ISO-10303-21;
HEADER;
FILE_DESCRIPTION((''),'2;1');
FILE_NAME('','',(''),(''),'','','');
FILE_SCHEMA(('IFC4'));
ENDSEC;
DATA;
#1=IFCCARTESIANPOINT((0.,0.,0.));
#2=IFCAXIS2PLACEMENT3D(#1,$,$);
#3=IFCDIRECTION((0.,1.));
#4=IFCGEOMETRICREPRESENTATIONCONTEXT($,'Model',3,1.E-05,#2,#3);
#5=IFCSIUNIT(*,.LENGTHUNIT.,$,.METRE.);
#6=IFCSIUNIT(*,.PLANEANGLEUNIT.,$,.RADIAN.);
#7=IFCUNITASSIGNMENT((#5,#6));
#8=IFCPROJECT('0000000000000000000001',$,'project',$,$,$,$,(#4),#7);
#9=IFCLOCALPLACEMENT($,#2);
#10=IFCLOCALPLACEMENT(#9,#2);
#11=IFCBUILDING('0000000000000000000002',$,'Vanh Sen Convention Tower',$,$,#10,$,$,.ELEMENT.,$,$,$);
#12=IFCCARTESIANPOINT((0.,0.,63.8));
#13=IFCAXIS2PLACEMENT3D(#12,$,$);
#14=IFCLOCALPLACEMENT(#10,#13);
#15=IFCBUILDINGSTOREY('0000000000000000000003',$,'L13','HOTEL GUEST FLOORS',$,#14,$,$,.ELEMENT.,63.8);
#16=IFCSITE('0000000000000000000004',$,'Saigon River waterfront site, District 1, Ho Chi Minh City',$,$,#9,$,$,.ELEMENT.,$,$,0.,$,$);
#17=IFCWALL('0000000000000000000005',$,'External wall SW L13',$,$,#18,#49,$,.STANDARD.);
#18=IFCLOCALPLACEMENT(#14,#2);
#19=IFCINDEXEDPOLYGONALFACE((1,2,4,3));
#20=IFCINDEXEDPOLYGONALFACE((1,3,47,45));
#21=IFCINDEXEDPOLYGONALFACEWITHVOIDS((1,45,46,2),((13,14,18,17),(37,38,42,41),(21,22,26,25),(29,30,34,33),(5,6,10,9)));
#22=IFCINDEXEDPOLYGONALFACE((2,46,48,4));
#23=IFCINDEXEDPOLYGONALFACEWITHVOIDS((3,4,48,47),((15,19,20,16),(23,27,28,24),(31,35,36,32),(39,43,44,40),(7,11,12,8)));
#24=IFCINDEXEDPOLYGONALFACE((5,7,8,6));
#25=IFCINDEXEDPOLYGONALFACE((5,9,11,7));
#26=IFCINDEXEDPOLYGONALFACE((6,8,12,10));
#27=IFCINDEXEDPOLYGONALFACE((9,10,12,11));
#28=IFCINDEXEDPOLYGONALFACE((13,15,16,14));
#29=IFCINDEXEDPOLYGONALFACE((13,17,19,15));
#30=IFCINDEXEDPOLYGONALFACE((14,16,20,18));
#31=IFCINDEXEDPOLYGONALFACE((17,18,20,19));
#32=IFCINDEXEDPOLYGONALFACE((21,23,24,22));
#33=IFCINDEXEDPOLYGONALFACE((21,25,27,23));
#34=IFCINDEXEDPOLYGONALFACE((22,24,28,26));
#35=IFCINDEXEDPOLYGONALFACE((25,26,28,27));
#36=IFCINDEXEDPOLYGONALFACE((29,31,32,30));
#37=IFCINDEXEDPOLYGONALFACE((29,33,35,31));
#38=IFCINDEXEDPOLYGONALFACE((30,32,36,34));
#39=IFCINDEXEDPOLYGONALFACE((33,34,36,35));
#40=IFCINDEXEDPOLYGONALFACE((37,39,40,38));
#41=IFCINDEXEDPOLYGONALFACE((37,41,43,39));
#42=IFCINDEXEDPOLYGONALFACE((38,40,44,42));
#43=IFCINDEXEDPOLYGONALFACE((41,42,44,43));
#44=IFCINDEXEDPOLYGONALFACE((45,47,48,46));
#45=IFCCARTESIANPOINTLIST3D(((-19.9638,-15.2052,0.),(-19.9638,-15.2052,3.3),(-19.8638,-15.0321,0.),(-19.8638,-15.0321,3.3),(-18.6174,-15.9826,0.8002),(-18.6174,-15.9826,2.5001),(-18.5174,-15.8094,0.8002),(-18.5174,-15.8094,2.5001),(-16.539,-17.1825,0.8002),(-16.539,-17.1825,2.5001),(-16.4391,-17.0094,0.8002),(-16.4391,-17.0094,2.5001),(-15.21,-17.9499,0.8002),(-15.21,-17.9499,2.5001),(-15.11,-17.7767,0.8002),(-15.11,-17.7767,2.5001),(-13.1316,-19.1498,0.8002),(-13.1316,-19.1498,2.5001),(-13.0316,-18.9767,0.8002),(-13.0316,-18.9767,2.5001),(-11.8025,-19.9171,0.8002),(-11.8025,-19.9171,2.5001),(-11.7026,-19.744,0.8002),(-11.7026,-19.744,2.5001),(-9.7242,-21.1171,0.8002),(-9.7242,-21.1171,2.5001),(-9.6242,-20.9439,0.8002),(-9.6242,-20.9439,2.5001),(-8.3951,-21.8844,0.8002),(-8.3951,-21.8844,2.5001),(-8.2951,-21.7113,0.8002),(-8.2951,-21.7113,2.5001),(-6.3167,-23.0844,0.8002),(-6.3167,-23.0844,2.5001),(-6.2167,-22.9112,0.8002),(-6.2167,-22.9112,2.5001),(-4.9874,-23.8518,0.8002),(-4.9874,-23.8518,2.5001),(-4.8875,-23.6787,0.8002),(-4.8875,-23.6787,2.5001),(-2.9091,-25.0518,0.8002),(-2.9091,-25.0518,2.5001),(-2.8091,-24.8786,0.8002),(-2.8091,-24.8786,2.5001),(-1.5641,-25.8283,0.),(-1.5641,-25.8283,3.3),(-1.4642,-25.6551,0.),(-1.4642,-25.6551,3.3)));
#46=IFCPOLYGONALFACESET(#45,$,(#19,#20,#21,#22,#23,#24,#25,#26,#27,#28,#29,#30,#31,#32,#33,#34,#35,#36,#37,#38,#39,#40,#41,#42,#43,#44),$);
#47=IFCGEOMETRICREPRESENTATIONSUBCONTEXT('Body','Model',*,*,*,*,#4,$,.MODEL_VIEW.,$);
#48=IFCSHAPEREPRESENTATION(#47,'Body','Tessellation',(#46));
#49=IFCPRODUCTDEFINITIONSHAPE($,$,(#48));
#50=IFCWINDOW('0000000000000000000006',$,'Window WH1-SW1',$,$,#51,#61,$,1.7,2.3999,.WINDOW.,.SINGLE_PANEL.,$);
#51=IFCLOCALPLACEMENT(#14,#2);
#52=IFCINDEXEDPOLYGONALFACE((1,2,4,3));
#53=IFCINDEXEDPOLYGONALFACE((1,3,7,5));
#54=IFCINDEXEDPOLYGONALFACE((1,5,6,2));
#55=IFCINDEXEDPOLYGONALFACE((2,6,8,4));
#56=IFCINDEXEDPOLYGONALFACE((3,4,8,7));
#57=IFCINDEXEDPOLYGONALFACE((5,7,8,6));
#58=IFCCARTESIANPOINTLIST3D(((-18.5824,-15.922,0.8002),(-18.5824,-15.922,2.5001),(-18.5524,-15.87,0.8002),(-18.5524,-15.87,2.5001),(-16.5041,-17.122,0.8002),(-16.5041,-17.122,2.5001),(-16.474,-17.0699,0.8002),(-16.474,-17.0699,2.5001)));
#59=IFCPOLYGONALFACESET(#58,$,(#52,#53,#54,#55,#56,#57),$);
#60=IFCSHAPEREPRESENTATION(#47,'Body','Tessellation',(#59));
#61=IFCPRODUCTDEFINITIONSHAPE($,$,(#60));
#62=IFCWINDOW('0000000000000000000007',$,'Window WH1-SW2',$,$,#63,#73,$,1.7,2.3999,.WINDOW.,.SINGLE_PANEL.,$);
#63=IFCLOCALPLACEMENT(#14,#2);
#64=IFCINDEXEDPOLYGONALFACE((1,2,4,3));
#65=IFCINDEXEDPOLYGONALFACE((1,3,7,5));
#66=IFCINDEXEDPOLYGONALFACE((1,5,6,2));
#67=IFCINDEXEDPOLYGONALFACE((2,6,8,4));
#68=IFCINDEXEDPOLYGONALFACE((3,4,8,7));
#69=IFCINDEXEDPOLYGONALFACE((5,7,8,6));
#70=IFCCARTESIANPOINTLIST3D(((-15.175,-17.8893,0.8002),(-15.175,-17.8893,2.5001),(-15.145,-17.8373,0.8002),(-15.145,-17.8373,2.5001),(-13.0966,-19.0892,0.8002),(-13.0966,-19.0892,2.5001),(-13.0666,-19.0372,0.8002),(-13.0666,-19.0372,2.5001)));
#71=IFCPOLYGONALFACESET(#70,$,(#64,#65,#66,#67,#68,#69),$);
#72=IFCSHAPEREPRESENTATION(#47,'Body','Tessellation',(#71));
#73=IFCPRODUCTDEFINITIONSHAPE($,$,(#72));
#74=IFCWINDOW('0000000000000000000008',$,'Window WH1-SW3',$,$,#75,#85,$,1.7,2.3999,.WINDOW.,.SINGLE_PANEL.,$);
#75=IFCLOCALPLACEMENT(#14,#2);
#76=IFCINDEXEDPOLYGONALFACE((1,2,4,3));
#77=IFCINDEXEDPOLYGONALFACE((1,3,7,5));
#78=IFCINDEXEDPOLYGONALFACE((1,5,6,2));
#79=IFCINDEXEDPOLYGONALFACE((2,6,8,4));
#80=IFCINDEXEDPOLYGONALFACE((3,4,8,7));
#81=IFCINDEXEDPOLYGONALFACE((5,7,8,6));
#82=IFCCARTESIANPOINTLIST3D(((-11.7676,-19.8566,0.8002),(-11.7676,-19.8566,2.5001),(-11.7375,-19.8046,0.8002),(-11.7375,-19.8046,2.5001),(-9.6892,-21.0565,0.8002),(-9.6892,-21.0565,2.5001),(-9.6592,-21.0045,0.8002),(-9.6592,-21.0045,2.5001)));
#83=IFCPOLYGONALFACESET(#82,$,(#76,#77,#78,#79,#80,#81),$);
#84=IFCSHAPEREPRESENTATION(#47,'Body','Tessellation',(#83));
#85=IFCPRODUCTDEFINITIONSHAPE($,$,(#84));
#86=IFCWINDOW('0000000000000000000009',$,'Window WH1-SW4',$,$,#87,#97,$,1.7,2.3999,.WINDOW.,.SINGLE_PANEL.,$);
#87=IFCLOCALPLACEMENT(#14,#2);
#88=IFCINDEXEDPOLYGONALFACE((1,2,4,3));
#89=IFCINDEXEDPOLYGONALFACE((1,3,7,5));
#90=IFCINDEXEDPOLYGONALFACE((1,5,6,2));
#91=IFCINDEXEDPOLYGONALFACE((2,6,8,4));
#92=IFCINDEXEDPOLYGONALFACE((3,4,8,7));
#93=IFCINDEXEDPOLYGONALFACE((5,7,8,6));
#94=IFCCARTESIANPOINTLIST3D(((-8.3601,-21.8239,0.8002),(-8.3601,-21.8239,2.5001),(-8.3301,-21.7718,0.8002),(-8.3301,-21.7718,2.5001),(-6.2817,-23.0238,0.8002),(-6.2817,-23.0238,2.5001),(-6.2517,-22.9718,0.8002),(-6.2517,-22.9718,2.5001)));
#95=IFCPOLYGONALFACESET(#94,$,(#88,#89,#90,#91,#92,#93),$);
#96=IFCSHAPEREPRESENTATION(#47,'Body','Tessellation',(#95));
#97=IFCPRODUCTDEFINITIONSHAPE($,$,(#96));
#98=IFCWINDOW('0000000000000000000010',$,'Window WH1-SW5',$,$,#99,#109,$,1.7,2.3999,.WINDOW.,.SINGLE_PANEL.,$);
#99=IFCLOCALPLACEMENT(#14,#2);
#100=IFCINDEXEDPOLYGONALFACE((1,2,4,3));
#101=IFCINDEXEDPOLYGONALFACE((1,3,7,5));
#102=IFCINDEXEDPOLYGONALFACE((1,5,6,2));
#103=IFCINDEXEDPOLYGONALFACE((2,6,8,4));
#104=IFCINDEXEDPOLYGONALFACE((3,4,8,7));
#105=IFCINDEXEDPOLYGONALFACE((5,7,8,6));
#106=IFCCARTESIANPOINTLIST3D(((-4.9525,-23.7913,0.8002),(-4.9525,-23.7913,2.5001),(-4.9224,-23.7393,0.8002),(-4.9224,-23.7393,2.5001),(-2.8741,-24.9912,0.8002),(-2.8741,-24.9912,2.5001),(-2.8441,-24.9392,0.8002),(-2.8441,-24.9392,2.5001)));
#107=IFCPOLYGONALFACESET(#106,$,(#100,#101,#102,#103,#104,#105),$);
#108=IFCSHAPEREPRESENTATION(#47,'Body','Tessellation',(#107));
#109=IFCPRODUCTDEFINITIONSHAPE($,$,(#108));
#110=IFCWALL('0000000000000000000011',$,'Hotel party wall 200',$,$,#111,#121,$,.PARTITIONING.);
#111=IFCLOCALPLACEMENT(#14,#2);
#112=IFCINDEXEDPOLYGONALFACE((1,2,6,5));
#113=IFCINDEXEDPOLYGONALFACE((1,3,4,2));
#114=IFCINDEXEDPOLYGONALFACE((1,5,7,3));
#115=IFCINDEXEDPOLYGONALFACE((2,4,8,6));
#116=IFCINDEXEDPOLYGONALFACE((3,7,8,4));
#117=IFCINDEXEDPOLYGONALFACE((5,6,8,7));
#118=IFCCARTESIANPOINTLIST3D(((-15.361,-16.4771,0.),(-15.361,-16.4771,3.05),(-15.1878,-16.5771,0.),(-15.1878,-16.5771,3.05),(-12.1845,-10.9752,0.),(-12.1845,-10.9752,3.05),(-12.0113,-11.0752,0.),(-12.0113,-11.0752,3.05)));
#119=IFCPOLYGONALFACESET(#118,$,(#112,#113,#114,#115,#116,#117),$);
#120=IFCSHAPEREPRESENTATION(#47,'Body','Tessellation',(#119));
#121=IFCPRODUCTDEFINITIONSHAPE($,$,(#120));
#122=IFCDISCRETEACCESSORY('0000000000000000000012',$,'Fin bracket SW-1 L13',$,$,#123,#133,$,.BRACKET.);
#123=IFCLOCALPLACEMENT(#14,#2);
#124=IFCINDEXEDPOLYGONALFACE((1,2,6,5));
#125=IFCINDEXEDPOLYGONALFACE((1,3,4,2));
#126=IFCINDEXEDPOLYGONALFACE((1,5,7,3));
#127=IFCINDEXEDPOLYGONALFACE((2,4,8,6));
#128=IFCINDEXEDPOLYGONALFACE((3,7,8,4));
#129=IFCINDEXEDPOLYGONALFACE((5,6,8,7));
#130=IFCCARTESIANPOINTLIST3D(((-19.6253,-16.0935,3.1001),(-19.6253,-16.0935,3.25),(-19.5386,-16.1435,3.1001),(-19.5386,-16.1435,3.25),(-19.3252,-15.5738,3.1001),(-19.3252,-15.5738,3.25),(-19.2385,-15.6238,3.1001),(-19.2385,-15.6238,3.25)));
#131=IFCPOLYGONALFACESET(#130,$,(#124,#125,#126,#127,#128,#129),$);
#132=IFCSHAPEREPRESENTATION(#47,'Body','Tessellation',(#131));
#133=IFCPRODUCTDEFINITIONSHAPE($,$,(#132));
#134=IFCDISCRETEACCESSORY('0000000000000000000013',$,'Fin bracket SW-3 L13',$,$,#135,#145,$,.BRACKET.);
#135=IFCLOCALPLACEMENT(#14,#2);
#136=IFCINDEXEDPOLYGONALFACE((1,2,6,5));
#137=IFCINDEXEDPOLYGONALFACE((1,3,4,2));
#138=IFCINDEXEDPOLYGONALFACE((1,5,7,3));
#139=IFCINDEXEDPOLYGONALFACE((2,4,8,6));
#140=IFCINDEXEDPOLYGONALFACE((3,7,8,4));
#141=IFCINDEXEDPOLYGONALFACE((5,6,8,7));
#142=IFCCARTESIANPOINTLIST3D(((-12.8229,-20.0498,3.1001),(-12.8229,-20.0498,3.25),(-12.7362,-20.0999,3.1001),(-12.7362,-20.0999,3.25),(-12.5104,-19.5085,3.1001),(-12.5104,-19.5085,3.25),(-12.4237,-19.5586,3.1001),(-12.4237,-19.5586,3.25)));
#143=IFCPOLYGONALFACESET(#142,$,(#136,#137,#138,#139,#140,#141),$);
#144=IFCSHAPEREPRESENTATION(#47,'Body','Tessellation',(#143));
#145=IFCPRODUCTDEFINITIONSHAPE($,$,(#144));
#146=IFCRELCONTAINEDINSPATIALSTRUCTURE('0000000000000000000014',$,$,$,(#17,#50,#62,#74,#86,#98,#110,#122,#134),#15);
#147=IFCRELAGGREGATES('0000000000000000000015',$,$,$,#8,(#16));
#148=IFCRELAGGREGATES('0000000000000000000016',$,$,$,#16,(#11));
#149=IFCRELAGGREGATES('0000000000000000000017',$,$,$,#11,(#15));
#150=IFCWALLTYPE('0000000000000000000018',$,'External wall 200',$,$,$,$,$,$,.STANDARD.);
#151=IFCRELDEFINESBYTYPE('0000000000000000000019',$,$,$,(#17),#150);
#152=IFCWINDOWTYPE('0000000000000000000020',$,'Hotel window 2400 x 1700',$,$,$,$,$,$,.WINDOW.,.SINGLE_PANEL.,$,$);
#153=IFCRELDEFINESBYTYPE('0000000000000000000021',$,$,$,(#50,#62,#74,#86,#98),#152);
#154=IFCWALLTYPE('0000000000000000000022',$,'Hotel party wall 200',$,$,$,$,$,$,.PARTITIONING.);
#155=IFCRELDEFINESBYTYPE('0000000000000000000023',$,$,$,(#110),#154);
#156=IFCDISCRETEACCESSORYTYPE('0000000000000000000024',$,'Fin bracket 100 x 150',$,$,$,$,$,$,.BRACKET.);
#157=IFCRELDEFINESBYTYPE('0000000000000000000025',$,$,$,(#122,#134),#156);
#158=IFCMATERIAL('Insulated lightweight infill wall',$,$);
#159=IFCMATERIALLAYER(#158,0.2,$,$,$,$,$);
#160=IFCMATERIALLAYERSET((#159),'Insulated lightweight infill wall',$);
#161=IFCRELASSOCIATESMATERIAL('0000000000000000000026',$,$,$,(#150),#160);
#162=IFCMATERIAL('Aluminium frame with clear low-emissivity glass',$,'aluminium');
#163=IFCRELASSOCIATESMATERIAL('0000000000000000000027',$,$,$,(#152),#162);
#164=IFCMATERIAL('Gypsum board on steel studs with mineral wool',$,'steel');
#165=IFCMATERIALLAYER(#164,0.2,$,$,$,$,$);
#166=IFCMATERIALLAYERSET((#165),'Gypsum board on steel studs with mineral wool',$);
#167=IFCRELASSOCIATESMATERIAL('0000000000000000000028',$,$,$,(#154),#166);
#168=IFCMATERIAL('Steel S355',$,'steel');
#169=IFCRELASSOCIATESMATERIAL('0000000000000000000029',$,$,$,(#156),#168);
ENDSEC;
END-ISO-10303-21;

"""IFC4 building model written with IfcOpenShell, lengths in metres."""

from ifc_helpers import new_model, si_unit, direction, frame, frame_2d, origin, origin_2d, place, context, subcontext, project, spatial, rectangle, extrude, material, layer, layer_set, type_object, element, fill, save


model = new_model("IFC4")

# Units and contexts
model_context = context("Model", 3, precision=1e-05, world=origin(), true_north=direction((0.0, 1.0)))
body_context = subcontext(model_context, "Body", "Model", "MODEL_VIEW")
ifc_project = project(units=[si_unit("LENGTHUNIT", "METRE"), si_unit("PLANEANGLEUNIT", "RADIAN")], contexts=[model_context])

# Site, building, storey
site_placement = place(None, origin())
site = spatial("IfcSite", under=ifc_project, at=site_placement, Name="Saigon River waterfront site, District 1, Ho Chi Minh City", CompositionType="ELEMENT", RefElevation=0.0)
building_placement = place(site_placement, origin())
building = spatial("IfcBuilding", under=site, at=building_placement, Name="Vanh Sen Convention Tower", CompositionType="ELEMENT")
storey_placement = place(building_placement, frame((0.0, 0.0, 63.8)))
storey = spatial("IfcBuildingStorey", under=building, at=storey_placement, Name="L13", Description="HOTEL GUEST FLOORS", CompositionType="ELEMENT", Elevation=63.8)

# Shared definitions
ifc_material_1 = material(Name="Insulated lightweight infill wall")
ifc_layer_1 = layer(ifc_material_1, 0.2)
ifc_layer_set_1 = layer_set([ifc_layer_1], Name="Insulated lightweight infill wall")
wall_type_1 = type_object("IfcWallType", Name="External wall 200", PredefinedType="STANDARD", material=ifc_layer_set_1)
ifc_material_2 = material(Name="Aluminium frame with clear low-emissivity glass", Category="aluminium")

# Wall, openings, windows
wall_1_placement = place(storey_placement, frame((-19.9138, -15.1187, 0.0), z_axis=(0.0, 0.0, 1.0), x_axis=(0.866025, -0.5, 0.0)))
wall_1 = element("IfcWall", 1, at=wall_1_placement, inside=storey, type_object=wall_type_1, Name="External wall SW L13", PredefinedType="STANDARD", context=body_context, shape_type="SweptSolid", body=[
    extrude(rectangle(XDim=21.2461, YDim=0.2, at=frame_2d((10.623, 0.0))), origin(), (0.0, 0.0, 1.0), 3.3),
])
opening_1_placement = place(wall_1_placement, frame((1.5547, 0.0, 0.8)))
opening_1 = element("IfcOpeningElement", 2, at=opening_1_placement, cuts=wall_1, PredefinedType="OPENING", context=body_context, shape_type="SweptSolid", body=[
    extrude(rectangle(XDim=2.3999, YDim=1.7, at=frame_2d((1.2, 0.8501))), frame((0.0, 0.1099, 0.0), z_axis=(0.0, -1.0, 0.0), x_axis=(1.0, 0.0, 0.0)), (0.0, 0.0, 1.0), 0.22),
])
opening_2_placement = place(wall_1_placement, frame((5.4893, 0.0, 0.8)))
opening_2 = element("IfcOpeningElement", 3, at=opening_2_placement, cuts=wall_1, PredefinedType="OPENING", context=body_context, shape_type="SweptSolid", body=[
    extrude(rectangle(XDim=2.3999, YDim=1.7, at=frame_2d((1.2, 0.8501))), frame((0.0, 0.1099, 0.0), z_axis=(0.0, -1.0, 0.0), x_axis=(1.0, 0.0, 0.0)), (0.0, 0.0, 1.0), 0.22),
])
opening_3_placement = place(wall_1_placement, frame((9.4238, 0.0, 0.8)))
opening_3 = element("IfcOpeningElement", 4, at=opening_3_placement, cuts=wall_1, PredefinedType="OPENING", context=body_context, shape_type="SweptSolid", body=[
    extrude(rectangle(XDim=2.3999, YDim=1.7, at=frame_2d((1.2, 0.8501))), frame((0.0, 0.1099, 0.0), z_axis=(0.0, -1.0, 0.0), x_axis=(1.0, 0.0, 0.0)), (0.0, 0.0, 1.0), 0.22),
])
opening_4_placement = place(wall_1_placement, frame((13.3584, 0.0, 0.8)))
opening_4 = element("IfcOpeningElement", 5, at=opening_4_placement, cuts=wall_1, PredefinedType="OPENING", context=body_context, shape_type="SweptSolid", body=[
    extrude(rectangle(XDim=2.3999, YDim=1.7, at=frame_2d((1.2, 0.8501))), frame((0.0, 0.1099, 0.0), z_axis=(0.0, -1.0, 0.0), x_axis=(1.0, 0.0, 0.0)), (0.0, 0.0, 1.0), 0.22),
])
opening_5_placement = place(wall_1_placement, frame((17.2932, 0.0, 0.8)))
opening_5 = element("IfcOpeningElement", 6, at=opening_5_placement, cuts=wall_1, PredefinedType="OPENING", context=body_context, shape_type="SweptSolid", body=[
    extrude(rectangle(XDim=2.3999, YDim=1.7, at=frame_2d((1.2, 0.8501))), frame((0.0, 0.1099, 0.0), z_axis=(0.0, -1.0, 0.0), x_axis=(1.0, 0.0, 0.0)), (0.0, 0.0, 1.0), 0.22),
])
window_type_1 = type_object("IfcWindowType", Name="Hotel window 2400 x 1700", PartitioningType="SINGLE_PANEL", PredefinedType="WINDOW", material=ifc_material_2)
window_1_placement = place(opening_1_placement, origin())
window_1 = element("IfcWindow", 7, at=window_1_placement, inside=storey, type_object=window_type_1, Name="Window WH1-SW1", OverallHeight=1.7, OverallWidth=2.3999, PartitioningType="SINGLE_PANEL", PredefinedType="WINDOW", context=body_context, shape_type="SweptSolid", body=[
    extrude(rectangle(XDim=2.3999, YDim=1.7, at=frame_2d((1.2, 0.8501))), frame((0.0, 0.03, 0.0), z_axis=(0.0, -1.0, 0.0), x_axis=(1.0, 0.0, 0.0)), (0.0, 0.0, 1.0), 0.0601),
])
fill(opening_1, window_1)
window_2_placement = place(opening_2_placement, origin())
window_2 = element("IfcWindow", 8, at=window_2_placement, inside=storey, type_object=window_type_1, Name="Window WH1-SW2", OverallHeight=1.7, OverallWidth=2.3999, PartitioningType="SINGLE_PANEL", PredefinedType="WINDOW", context=body_context, shape_type="SweptSolid", body=[
    extrude(rectangle(XDim=2.3999, YDim=1.7, at=frame_2d((1.2, 0.8501))), frame((0.0, 0.03, 0.0), z_axis=(0.0, -1.0, 0.0), x_axis=(1.0, 0.0, 0.0)), (0.0, 0.0, 1.0), 0.0601),
])
fill(opening_2, window_2)
window_3_placement = place(opening_3_placement, origin())
window_3 = element("IfcWindow", 9, at=window_3_placement, inside=storey, type_object=window_type_1, Name="Window WH1-SW3", OverallHeight=1.7, OverallWidth=2.3999, PartitioningType="SINGLE_PANEL", PredefinedType="WINDOW", context=body_context, shape_type="SweptSolid", body=[
    extrude(rectangle(XDim=2.3999, YDim=1.7, at=frame_2d((1.2, 0.8501))), frame((0.0, 0.03, 0.0), z_axis=(0.0, -1.0, 0.0), x_axis=(1.0, 0.0, 0.0)), (0.0, 0.0, 1.0), 0.0601),
])
fill(opening_3, window_3)
window_4_placement = place(opening_4_placement, origin())
window_4 = element("IfcWindow", 10, at=window_4_placement, inside=storey, type_object=window_type_1, Name="Window WH1-SW4", OverallHeight=1.7, OverallWidth=2.3999, PartitioningType="SINGLE_PANEL", PredefinedType="WINDOW", context=body_context, shape_type="SweptSolid", body=[
    extrude(rectangle(XDim=2.3999, YDim=1.7, at=frame_2d((1.2, 0.8501))), frame((0.0, 0.03, 0.0), z_axis=(0.0, -1.0, 0.0), x_axis=(1.0, 0.0, 0.0)), (0.0, 0.0, 1.0), 0.0601),
])
fill(opening_4, window_4)
window_5_placement = place(opening_5_placement, origin())
window_5 = element("IfcWindow", 11, at=window_5_placement, inside=storey, type_object=window_type_1, Name="Window WH1-SW5", OverallHeight=1.7, OverallWidth=2.3999, PartitioningType="SINGLE_PANEL", PredefinedType="WINDOW", context=body_context, shape_type="SweptSolid", body=[
    extrude(rectangle(XDim=2.3999, YDim=1.7, at=frame_2d((1.2, 0.8501))), frame((0.0, 0.03, 0.0), z_axis=(0.0, -1.0, 0.0), x_axis=(1.0, 0.0, 0.0)), (0.0, 0.0, 1.0), 0.0601),
])
fill(opening_5, window_5)

# Wall
ifc_material_3 = material(Name="Gypsum board on steel studs with mineral wool", Category="steel")
ifc_layer_2 = layer(ifc_material_3, 0.2)
ifc_layer_set_2 = layer_set([ifc_layer_2], Name="Gypsum board on steel studs with mineral wool")
wall_type_2 = type_object("IfcWallType", Name="Hotel party wall 200", PredefinedType="PARTITIONING", material=ifc_layer_set_2)
wall_2_placement = place(storey_placement, frame((-15.2744, -16.5271, 0.0), z_axis=(0.0, 0.0, 1.0), x_axis=(0.499995, 0.866028, 0.0)))
element("IfcWall", 12, at=wall_2_placement, inside=storey, type_object=wall_type_2, Name="Hotel party wall 200", PredefinedType="PARTITIONING", context=body_context, shape_type="SweptSolid", body=[
    extrude(rectangle(XDim=6.353, YDim=0.2, at=frame_2d((3.1765, 0.0))), origin(), (0.0, 0.0, 1.0), 3.05),
])

# Discrete accessories
ifc_material_4 = material(Name="Steel S355", Category="steel")
discrete_accessory_type = type_object("IfcDiscreteAccessoryType", Name="Fin bracket 100 x 150", PredefinedType="BRACKET", material=ifc_material_4)
discrete_accessory_1_placement = place(storey_placement, frame((-19.4319, -15.8586, 3.1001), z_axis=(0.0, 0.0, 1.0), x_axis=(-0.5, -0.866025, 0.0)))
element("IfcDiscreteAccessory", 13, at=discrete_accessory_1_placement, inside=storey, type_object=discrete_accessory_type, Name="Fin bracket SW-1 L13", PredefinedType="BRACKET", context=body_context, shape_type="SweptSolid", body=[
    extrude(rectangle(XDim=0.6001, YDim=0.1001, at=origin_2d()), origin(), (0.0, 0.0, 1.0), 0.1499),
])
discrete_accessory_2_placement = place(storey_placement, frame((-12.6233, -19.8042, 3.1001), z_axis=(0.0, 0.0, 1.0), x_axis=(-0.5, -0.866025, 0.0)))
element("IfcDiscreteAccessory", 14, at=discrete_accessory_2_placement, inside=storey, type_object=discrete_accessory_type, Name="Fin bracket SW-3 L13", PredefinedType="BRACKET", context=body_context, shape_type="SweptSolid", body=[
    extrude(rectangle(XDim=0.625, YDim=0.1001, at=origin_2d()), origin(), (0.0, 0.0, 1.0), 0.1499),
])

save(model, "model.ifc")
